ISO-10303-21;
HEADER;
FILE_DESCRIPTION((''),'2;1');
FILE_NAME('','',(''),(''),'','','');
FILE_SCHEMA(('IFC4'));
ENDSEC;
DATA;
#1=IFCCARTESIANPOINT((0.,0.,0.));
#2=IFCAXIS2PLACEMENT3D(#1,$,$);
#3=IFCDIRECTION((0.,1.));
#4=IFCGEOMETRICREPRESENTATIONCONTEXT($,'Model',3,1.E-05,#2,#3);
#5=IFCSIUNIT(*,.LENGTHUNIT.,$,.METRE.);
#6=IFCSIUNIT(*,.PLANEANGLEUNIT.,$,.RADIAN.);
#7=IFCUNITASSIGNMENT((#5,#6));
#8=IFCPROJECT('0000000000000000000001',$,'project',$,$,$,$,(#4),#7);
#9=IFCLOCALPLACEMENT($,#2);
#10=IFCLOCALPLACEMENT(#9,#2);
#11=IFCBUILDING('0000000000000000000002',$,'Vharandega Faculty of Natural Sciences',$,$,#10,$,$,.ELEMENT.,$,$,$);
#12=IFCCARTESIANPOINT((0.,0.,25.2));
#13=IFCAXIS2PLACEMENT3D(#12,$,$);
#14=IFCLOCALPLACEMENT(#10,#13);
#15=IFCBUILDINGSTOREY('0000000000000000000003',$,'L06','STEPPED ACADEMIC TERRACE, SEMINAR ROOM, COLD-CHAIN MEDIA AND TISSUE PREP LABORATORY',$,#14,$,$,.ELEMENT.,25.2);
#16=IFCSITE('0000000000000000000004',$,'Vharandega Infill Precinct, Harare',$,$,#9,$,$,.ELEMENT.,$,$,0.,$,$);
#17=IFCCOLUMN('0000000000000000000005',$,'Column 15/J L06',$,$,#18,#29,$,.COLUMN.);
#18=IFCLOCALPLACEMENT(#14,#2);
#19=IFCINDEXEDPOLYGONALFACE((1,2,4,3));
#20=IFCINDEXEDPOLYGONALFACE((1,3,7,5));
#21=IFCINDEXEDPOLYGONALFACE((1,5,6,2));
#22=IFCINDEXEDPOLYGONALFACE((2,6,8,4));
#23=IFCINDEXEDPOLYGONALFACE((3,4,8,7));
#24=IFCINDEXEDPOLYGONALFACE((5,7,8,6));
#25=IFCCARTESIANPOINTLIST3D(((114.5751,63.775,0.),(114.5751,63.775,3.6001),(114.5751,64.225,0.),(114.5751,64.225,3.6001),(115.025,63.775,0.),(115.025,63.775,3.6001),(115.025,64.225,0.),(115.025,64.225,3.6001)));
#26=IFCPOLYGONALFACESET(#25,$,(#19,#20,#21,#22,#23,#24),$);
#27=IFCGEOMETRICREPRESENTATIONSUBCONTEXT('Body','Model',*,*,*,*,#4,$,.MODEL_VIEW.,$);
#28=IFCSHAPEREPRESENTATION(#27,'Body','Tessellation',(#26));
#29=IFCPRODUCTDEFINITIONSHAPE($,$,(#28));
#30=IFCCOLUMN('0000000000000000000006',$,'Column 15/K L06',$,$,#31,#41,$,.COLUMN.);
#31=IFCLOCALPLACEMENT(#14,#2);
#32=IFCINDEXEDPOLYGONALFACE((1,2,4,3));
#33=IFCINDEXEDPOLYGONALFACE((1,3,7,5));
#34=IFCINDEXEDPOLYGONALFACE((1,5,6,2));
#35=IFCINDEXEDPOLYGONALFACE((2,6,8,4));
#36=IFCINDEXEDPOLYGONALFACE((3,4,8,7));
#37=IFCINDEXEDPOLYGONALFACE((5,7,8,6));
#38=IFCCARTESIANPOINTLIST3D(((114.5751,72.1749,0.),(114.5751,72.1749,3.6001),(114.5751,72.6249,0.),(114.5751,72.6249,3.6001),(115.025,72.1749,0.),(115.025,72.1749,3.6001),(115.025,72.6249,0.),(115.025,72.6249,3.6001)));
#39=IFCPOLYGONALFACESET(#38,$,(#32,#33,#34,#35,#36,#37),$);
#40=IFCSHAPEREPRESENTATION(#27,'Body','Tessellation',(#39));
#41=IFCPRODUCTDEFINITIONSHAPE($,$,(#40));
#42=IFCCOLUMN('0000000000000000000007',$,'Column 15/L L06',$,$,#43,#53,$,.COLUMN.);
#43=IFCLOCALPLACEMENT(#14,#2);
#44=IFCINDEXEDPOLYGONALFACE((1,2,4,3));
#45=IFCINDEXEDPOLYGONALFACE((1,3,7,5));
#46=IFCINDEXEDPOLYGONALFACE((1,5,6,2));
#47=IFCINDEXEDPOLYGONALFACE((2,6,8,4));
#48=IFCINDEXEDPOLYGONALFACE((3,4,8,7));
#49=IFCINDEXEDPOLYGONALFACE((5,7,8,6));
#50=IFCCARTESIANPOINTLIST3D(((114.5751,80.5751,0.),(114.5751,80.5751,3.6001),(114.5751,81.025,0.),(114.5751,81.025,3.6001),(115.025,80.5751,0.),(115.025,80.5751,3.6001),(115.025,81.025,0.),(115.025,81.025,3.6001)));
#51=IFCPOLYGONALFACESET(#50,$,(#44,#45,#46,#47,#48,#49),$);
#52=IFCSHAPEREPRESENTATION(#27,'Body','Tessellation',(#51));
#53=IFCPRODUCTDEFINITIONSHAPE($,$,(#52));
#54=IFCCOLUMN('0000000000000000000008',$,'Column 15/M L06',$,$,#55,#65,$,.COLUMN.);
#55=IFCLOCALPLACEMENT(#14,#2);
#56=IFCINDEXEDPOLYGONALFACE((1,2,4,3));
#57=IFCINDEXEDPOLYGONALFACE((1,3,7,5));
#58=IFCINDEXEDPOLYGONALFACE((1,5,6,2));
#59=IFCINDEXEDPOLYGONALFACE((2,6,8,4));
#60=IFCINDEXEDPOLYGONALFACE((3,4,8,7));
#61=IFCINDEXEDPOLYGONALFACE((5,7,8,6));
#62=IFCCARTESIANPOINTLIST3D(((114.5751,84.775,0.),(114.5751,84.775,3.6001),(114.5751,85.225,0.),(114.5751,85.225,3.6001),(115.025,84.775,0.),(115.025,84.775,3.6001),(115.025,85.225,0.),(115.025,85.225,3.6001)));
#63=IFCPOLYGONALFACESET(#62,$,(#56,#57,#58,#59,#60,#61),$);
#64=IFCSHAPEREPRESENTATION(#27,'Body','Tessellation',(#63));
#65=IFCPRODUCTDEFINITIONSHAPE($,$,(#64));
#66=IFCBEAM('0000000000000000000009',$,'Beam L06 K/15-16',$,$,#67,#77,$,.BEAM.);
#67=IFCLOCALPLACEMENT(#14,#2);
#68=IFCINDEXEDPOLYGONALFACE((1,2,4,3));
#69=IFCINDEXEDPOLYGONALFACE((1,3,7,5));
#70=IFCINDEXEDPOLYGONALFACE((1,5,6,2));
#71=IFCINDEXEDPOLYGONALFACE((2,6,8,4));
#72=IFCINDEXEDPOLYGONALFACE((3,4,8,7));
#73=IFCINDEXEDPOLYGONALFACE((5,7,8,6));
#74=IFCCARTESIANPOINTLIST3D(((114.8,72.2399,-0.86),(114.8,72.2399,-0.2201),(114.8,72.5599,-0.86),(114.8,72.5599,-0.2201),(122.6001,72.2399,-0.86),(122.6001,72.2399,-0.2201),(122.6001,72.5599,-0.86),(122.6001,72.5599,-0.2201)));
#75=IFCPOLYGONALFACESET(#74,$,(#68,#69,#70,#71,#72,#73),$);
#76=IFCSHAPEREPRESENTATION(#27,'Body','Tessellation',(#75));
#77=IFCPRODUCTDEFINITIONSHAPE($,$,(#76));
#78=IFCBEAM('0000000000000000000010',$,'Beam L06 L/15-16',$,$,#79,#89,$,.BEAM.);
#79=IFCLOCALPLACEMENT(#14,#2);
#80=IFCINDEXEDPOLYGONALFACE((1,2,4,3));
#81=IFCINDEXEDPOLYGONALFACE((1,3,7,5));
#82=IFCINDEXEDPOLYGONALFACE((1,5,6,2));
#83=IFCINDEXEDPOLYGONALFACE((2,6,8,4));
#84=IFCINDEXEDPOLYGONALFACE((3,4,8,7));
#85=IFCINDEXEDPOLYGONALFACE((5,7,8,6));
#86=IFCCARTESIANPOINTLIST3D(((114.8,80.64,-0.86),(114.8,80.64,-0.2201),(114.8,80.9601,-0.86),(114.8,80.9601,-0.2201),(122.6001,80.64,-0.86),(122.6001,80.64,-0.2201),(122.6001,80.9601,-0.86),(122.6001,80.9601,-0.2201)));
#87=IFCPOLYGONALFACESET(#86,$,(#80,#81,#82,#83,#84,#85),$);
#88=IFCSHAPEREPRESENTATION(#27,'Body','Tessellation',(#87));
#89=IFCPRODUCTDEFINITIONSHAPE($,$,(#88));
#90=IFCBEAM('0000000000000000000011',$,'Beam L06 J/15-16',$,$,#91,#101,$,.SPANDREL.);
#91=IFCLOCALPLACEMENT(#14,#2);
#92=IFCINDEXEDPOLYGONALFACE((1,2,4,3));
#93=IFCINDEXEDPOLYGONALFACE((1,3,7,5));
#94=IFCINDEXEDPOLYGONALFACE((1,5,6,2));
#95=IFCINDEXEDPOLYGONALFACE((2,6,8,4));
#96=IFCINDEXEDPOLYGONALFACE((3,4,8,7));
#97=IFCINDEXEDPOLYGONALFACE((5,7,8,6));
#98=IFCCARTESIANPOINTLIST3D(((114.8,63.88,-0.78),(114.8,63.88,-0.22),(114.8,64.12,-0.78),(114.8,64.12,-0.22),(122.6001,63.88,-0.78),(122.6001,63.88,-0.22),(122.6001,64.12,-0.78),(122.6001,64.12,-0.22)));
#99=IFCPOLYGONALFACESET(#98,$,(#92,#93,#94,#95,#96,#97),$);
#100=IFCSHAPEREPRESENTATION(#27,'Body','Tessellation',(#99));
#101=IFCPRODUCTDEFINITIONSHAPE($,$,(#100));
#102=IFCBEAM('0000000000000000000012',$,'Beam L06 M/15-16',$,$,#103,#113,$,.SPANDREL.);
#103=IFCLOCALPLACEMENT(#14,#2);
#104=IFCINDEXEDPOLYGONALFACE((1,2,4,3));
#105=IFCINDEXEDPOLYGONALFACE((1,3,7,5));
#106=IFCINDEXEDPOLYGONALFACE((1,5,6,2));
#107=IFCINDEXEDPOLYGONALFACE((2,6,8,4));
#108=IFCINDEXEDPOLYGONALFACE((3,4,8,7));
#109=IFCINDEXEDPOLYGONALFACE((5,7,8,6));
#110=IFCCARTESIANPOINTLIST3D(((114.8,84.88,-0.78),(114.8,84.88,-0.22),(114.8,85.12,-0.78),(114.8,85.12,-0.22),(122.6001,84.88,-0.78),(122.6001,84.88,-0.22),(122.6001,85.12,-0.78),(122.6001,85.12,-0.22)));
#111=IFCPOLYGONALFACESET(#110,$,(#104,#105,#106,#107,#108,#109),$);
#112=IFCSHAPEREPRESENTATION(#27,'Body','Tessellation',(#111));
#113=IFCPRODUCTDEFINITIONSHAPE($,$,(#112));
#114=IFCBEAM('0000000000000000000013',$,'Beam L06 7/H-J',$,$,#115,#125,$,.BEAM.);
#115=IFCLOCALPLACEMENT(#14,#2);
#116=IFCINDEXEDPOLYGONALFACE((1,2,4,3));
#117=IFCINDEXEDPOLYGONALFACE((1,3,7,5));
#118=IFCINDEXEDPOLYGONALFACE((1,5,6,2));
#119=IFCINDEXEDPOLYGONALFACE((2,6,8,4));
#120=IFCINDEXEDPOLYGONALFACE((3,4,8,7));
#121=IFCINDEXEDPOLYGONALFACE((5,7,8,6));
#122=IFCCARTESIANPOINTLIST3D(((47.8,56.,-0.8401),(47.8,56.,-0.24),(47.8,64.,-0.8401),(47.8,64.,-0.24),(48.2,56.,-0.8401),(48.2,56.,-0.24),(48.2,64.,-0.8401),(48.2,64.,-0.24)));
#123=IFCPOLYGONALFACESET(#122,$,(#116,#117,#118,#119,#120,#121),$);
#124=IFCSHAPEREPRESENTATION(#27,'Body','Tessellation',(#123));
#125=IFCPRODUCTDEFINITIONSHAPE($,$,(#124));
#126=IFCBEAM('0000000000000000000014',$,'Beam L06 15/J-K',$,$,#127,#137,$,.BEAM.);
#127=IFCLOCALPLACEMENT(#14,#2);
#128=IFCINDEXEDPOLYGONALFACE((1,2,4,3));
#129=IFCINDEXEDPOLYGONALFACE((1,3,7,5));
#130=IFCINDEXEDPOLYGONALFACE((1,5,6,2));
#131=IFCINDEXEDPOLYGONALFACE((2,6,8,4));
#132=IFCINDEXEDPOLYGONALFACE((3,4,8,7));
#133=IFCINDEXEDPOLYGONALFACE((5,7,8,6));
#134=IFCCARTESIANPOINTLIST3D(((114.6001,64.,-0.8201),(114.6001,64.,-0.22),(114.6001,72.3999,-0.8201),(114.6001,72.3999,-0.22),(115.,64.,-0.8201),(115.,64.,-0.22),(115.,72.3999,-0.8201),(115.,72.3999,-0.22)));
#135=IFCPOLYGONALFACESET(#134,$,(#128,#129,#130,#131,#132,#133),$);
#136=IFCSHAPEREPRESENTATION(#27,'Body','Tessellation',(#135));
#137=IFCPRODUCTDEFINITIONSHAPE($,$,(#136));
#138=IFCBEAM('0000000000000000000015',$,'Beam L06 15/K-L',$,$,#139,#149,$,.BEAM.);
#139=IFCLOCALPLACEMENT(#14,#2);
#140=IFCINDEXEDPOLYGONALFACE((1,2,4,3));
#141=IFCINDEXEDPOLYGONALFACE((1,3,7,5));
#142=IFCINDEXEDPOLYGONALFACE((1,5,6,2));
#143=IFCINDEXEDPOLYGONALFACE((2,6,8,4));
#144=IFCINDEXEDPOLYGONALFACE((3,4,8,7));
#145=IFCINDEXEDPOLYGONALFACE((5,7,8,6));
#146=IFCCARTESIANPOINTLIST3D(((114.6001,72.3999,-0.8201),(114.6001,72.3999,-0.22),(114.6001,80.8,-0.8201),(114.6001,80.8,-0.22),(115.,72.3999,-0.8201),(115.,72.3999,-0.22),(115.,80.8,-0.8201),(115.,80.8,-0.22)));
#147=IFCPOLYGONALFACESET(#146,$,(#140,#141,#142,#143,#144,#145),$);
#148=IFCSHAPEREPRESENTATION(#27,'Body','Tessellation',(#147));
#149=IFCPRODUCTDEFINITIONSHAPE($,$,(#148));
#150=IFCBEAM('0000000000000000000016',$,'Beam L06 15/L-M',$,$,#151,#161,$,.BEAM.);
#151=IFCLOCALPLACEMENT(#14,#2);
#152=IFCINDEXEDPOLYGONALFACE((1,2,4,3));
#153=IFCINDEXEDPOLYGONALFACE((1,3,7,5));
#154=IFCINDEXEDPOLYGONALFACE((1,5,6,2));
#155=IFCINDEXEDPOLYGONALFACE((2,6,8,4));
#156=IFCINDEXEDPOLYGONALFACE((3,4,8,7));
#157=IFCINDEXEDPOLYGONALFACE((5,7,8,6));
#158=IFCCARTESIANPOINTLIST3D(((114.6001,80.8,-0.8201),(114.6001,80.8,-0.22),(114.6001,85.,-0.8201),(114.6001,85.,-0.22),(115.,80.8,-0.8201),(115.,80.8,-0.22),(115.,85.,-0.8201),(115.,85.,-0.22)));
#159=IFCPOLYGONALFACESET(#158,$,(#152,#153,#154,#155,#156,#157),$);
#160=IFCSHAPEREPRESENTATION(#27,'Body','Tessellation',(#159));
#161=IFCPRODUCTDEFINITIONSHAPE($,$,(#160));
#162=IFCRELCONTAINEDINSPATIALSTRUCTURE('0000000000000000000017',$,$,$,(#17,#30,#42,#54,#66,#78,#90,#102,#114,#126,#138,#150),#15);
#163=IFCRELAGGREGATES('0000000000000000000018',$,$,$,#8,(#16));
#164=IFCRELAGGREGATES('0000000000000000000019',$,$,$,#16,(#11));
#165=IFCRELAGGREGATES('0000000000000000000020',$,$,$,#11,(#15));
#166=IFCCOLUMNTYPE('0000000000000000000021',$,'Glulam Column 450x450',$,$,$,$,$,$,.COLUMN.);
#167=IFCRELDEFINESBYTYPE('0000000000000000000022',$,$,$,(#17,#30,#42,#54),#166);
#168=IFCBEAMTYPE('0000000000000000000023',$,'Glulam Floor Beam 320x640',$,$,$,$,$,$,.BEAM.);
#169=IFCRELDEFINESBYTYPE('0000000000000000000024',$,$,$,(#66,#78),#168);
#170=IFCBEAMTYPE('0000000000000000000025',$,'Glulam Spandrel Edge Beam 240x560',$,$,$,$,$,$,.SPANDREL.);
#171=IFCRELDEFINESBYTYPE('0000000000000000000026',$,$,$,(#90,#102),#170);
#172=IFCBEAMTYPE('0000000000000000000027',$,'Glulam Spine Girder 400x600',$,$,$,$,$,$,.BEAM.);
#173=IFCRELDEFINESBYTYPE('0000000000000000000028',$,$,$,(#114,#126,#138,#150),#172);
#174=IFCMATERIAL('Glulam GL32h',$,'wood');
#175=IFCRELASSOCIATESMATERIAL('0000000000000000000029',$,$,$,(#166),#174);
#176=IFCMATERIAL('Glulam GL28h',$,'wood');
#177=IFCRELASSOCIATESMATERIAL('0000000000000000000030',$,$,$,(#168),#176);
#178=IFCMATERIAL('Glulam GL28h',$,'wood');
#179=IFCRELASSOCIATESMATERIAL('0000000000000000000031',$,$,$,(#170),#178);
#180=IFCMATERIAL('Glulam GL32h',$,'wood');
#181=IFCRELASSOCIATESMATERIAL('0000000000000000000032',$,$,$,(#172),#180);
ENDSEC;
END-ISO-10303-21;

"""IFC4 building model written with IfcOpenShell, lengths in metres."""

from ifc_helpers import new_model, si_unit, direction, frame, origin, origin_2d, place, context, subcontext, project, spatial, rectangle, extrude, material, material_profile, profile_set, type_object, element, save


model = new_model("IFC4")

# Units and contexts
model_context = context("Model", 3, precision=1e-05, world=origin(), true_north=direction((0.0, 1.0)))
body_context = subcontext(model_context, "Body", "Model", "MODEL_VIEW")
ifc_project = project(units=[si_unit("LENGTHUNIT", "METRE"), si_unit("PLANEANGLEUNIT", "RADIAN")], contexts=[model_context])

# Site, building, storey
site_placement = place(None, origin())
site = spatial("IfcSite", under=ifc_project, at=site_placement, Name="Vharandega Infill Precinct, Harare", CompositionType="ELEMENT", RefElevation=0.0)
building_placement = place(site_placement, origin())
building = spatial("IfcBuilding", under=site, at=building_placement, Name="Vharandega Faculty of Natural Sciences", CompositionType="ELEMENT")
storey_placement = place(building_placement, frame((0.0, 0.0, 25.2)))
storey = spatial("IfcBuildingStorey", under=building, at=storey_placement, Name="L06", Description="STEPPED ACADEMIC TERRACE, SEMINAR ROOM, COLD-CHAIN MEDIA AND TISSUE PREP LABORATORY", CompositionType="ELEMENT", Elevation=25.2)

# Columns
ifc_material_1 = material(Name="Glulam GL32h", Category="wood")
ifc_material_profile_1 = material_profile(ifc_material_1, rectangle(XDim=0.45, YDim=0.45, at=origin_2d()), Name="GL32h 450x450")
ifc_profile_set_1 = profile_set([ifc_material_profile_1], Name="Glulam GL32h")
column_type = type_object("IfcColumnType", Name="Glulam Column 450x450", PredefinedType="COLUMN", material=ifc_profile_set_1)
for number, where, z_axis, x_axis, name in (
    (1, (114.8, 64.0, 0.0), (0.0, 0.0, 1.0), (1.0, 0.0, 0.0), "Column 15/J L06"),
    (2, (114.8, 72.3999, 0.0), (0.0, 0.0, 1.0), (1.0, 0.0, 0.0), "Column 15/K L06"),
    (3, (114.8, 80.8, 0.0), (0.0, 0.0, 1.0), (1.0, 0.0, 0.0), "Column 15/L L06"),
    (4, (114.8, 85.0, 0.0), (0.0, 0.0, 1.0), (1.0, 0.0, 0.0), "Column 15/M L06"),
):
    element("IfcColumn", number, at=place(storey_placement, frame(where, z_axis=z_axis, x_axis=x_axis)), inside=storey, type_object=column_type, Name=name, PredefinedType="COLUMN", context=body_context, shape_type="SweptSolid", body=[
        extrude(rectangle(XDim=0.45, YDim=0.45, at=origin_2d()), origin(), (0.0, 0.0, 1.0), 3.6001),
    ])

# Beams
ifc_material_2 = material(Name="Glulam GL28h", Category="wood")
ifc_material_profile_2 = material_profile(ifc_material_2, rectangle(XDim=0.3201, YDim=0.6399, at=origin_2d()), Name="GL28h 320x640")
ifc_profile_set_2 = profile_set([ifc_material_profile_2], Name="Glulam GL28h")
beam_type_1 = type_object("IfcBeamType", Name="Glulam Floor Beam 320x640", PredefinedType="BEAM", material=ifc_profile_set_2)
for number, where, z_axis, x_axis, name in (
    (5, (114.8, 72.3999, -0.54), (1.0, 0.0, 0.0), (0.0, 1.0, 0.0), "Beam L06 K/15-16"),
    (6, (114.8, 80.8, -0.54), (1.0, 0.0, 0.0), (0.0, 1.0, 0.0), "Beam L06 L/15-16"),
):
    element("IfcBeam", number, at=place(storey_placement, frame(where, z_axis=z_axis, x_axis=x_axis)), inside=storey, type_object=beam_type_1, Name=name, PredefinedType="BEAM", context=body_context, shape_type="SweptSolid", body=[
        extrude(rectangle(XDim=0.3201, YDim=0.6399, at=origin_2d()), origin(), (0.0, 0.0, 1.0), 7.8),
    ])
ifc_material_3 = material(Name="Glulam GL28h", Category="wood")
ifc_material_profile_3 = material_profile(ifc_material_3, rectangle(XDim=0.24, YDim=0.5601, at=origin_2d()), Name="GL28h 240x560")
ifc_profile_set_3 = profile_set([ifc_material_profile_3], Name="Glulam GL28h")
beam_type_2 = type_object("IfcBeamType", Name="Glulam Spandrel Edge Beam 240x560", PredefinedType="SPANDREL", material=ifc_profile_set_3)
for number, where, z_axis, x_axis, name in (
    (7, (114.8, 64.0, -0.5), (1.0, 0.0, 0.0), (0.0, 1.0, 0.0), "Beam L06 J/15-16"),
    (8, (114.8, 85.0, -0.5), (1.0, 0.0, 0.0), (0.0, 1.0, 0.0), "Beam L06 M/15-16"),
):
    element("IfcBeam", number, at=place(storey_placement, frame(where, z_axis=z_axis, x_axis=x_axis)), inside=storey, type_object=beam_type_2, Name=name, PredefinedType="SPANDREL", context=body_context, shape_type="SweptSolid", body=[
        extrude(rectangle(XDim=0.24, YDim=0.5601, at=origin_2d()), origin(), (0.0, 0.0, 1.0), 7.8),
    ])
ifc_material_4 = material(Name="Glulam GL32h", Category="wood")
ifc_material_profile_4 = material_profile(ifc_material_4, rectangle(XDim=0.3999, YDim=0.6001, at=origin_2d()), Name="GL32h 400x600")
ifc_profile_set_4 = profile_set([ifc_material_profile_4], Name="Glulam GL32h")
beam_type_3 = type_object("IfcBeamType", Name="Glulam Spine Girder 400x600", PredefinedType="BEAM", material=ifc_profile_set_4)
beam_1_placement = place(storey_placement, frame((48.0, 56.0, -0.54), z_axis=(0.0, 1.0, 0.0), x_axis=(-1.0, 0.0, 0.0)))
element("IfcBeam", 9, at=beam_1_placement, inside=storey, type_object=beam_type_3, Name="Beam L06 7/H-J", PredefinedType="BEAM", context=body_context, shape_type="SweptSolid", body=[
    extrude(rectangle(XDim=0.3999, YDim=0.6001, at=origin_2d()), origin(), (0.0, 0.0, 1.0), 8.0),
])
beam_2_placement = place(storey_placement, frame((114.8, 64.0, -0.52), z_axis=(0.0, 1.0, 0.0), x_axis=(-1.0, 0.0, 0.0)))
element("IfcBeam", 10, at=beam_2_placement, inside=storey, type_object=beam_type_3, Name="Beam L06 15/J-K", PredefinedType="BEAM", context=body_context, shape_type="SweptSolid", body=[
    extrude(rectangle(XDim=0.3999, YDim=0.6001, at=origin_2d()), origin(), (0.0, 0.0, 1.0), 8.3999),
])
beam_3_placement = place(storey_placement, frame((114.8, 72.3999, -0.52), z_axis=(0.0, 1.0, 0.0), x_axis=(-1.0, 0.0, 0.0)))
element("IfcBeam", 11, at=beam_3_placement, inside=storey, type_object=beam_type_3, Name="Beam L06 15/K-L", PredefinedType="BEAM", context=body_context, shape_type="SweptSolid", body=[
    extrude(rectangle(XDim=0.3999, YDim=0.6001, at=origin_2d()), origin(), (0.0, 0.0, 1.0), 8.4001),
])
beam_4_placement = place(storey_placement, frame((114.8, 80.8, -0.52), z_axis=(0.0, 1.0, 0.0), x_axis=(-1.0, 0.0, 0.0)))
element("IfcBeam", 12, at=beam_4_placement, inside=storey, type_object=beam_type_3, Name="Beam L06 15/L-M", PredefinedType="BEAM", context=body_context, shape_type="SweptSolid", body=[
    extrude(rectangle(XDim=0.3999, YDim=0.6001, at=origin_2d()), origin(), (0.0, 0.0, 1.0), 4.2),
])

save(model, "model.ifc")
